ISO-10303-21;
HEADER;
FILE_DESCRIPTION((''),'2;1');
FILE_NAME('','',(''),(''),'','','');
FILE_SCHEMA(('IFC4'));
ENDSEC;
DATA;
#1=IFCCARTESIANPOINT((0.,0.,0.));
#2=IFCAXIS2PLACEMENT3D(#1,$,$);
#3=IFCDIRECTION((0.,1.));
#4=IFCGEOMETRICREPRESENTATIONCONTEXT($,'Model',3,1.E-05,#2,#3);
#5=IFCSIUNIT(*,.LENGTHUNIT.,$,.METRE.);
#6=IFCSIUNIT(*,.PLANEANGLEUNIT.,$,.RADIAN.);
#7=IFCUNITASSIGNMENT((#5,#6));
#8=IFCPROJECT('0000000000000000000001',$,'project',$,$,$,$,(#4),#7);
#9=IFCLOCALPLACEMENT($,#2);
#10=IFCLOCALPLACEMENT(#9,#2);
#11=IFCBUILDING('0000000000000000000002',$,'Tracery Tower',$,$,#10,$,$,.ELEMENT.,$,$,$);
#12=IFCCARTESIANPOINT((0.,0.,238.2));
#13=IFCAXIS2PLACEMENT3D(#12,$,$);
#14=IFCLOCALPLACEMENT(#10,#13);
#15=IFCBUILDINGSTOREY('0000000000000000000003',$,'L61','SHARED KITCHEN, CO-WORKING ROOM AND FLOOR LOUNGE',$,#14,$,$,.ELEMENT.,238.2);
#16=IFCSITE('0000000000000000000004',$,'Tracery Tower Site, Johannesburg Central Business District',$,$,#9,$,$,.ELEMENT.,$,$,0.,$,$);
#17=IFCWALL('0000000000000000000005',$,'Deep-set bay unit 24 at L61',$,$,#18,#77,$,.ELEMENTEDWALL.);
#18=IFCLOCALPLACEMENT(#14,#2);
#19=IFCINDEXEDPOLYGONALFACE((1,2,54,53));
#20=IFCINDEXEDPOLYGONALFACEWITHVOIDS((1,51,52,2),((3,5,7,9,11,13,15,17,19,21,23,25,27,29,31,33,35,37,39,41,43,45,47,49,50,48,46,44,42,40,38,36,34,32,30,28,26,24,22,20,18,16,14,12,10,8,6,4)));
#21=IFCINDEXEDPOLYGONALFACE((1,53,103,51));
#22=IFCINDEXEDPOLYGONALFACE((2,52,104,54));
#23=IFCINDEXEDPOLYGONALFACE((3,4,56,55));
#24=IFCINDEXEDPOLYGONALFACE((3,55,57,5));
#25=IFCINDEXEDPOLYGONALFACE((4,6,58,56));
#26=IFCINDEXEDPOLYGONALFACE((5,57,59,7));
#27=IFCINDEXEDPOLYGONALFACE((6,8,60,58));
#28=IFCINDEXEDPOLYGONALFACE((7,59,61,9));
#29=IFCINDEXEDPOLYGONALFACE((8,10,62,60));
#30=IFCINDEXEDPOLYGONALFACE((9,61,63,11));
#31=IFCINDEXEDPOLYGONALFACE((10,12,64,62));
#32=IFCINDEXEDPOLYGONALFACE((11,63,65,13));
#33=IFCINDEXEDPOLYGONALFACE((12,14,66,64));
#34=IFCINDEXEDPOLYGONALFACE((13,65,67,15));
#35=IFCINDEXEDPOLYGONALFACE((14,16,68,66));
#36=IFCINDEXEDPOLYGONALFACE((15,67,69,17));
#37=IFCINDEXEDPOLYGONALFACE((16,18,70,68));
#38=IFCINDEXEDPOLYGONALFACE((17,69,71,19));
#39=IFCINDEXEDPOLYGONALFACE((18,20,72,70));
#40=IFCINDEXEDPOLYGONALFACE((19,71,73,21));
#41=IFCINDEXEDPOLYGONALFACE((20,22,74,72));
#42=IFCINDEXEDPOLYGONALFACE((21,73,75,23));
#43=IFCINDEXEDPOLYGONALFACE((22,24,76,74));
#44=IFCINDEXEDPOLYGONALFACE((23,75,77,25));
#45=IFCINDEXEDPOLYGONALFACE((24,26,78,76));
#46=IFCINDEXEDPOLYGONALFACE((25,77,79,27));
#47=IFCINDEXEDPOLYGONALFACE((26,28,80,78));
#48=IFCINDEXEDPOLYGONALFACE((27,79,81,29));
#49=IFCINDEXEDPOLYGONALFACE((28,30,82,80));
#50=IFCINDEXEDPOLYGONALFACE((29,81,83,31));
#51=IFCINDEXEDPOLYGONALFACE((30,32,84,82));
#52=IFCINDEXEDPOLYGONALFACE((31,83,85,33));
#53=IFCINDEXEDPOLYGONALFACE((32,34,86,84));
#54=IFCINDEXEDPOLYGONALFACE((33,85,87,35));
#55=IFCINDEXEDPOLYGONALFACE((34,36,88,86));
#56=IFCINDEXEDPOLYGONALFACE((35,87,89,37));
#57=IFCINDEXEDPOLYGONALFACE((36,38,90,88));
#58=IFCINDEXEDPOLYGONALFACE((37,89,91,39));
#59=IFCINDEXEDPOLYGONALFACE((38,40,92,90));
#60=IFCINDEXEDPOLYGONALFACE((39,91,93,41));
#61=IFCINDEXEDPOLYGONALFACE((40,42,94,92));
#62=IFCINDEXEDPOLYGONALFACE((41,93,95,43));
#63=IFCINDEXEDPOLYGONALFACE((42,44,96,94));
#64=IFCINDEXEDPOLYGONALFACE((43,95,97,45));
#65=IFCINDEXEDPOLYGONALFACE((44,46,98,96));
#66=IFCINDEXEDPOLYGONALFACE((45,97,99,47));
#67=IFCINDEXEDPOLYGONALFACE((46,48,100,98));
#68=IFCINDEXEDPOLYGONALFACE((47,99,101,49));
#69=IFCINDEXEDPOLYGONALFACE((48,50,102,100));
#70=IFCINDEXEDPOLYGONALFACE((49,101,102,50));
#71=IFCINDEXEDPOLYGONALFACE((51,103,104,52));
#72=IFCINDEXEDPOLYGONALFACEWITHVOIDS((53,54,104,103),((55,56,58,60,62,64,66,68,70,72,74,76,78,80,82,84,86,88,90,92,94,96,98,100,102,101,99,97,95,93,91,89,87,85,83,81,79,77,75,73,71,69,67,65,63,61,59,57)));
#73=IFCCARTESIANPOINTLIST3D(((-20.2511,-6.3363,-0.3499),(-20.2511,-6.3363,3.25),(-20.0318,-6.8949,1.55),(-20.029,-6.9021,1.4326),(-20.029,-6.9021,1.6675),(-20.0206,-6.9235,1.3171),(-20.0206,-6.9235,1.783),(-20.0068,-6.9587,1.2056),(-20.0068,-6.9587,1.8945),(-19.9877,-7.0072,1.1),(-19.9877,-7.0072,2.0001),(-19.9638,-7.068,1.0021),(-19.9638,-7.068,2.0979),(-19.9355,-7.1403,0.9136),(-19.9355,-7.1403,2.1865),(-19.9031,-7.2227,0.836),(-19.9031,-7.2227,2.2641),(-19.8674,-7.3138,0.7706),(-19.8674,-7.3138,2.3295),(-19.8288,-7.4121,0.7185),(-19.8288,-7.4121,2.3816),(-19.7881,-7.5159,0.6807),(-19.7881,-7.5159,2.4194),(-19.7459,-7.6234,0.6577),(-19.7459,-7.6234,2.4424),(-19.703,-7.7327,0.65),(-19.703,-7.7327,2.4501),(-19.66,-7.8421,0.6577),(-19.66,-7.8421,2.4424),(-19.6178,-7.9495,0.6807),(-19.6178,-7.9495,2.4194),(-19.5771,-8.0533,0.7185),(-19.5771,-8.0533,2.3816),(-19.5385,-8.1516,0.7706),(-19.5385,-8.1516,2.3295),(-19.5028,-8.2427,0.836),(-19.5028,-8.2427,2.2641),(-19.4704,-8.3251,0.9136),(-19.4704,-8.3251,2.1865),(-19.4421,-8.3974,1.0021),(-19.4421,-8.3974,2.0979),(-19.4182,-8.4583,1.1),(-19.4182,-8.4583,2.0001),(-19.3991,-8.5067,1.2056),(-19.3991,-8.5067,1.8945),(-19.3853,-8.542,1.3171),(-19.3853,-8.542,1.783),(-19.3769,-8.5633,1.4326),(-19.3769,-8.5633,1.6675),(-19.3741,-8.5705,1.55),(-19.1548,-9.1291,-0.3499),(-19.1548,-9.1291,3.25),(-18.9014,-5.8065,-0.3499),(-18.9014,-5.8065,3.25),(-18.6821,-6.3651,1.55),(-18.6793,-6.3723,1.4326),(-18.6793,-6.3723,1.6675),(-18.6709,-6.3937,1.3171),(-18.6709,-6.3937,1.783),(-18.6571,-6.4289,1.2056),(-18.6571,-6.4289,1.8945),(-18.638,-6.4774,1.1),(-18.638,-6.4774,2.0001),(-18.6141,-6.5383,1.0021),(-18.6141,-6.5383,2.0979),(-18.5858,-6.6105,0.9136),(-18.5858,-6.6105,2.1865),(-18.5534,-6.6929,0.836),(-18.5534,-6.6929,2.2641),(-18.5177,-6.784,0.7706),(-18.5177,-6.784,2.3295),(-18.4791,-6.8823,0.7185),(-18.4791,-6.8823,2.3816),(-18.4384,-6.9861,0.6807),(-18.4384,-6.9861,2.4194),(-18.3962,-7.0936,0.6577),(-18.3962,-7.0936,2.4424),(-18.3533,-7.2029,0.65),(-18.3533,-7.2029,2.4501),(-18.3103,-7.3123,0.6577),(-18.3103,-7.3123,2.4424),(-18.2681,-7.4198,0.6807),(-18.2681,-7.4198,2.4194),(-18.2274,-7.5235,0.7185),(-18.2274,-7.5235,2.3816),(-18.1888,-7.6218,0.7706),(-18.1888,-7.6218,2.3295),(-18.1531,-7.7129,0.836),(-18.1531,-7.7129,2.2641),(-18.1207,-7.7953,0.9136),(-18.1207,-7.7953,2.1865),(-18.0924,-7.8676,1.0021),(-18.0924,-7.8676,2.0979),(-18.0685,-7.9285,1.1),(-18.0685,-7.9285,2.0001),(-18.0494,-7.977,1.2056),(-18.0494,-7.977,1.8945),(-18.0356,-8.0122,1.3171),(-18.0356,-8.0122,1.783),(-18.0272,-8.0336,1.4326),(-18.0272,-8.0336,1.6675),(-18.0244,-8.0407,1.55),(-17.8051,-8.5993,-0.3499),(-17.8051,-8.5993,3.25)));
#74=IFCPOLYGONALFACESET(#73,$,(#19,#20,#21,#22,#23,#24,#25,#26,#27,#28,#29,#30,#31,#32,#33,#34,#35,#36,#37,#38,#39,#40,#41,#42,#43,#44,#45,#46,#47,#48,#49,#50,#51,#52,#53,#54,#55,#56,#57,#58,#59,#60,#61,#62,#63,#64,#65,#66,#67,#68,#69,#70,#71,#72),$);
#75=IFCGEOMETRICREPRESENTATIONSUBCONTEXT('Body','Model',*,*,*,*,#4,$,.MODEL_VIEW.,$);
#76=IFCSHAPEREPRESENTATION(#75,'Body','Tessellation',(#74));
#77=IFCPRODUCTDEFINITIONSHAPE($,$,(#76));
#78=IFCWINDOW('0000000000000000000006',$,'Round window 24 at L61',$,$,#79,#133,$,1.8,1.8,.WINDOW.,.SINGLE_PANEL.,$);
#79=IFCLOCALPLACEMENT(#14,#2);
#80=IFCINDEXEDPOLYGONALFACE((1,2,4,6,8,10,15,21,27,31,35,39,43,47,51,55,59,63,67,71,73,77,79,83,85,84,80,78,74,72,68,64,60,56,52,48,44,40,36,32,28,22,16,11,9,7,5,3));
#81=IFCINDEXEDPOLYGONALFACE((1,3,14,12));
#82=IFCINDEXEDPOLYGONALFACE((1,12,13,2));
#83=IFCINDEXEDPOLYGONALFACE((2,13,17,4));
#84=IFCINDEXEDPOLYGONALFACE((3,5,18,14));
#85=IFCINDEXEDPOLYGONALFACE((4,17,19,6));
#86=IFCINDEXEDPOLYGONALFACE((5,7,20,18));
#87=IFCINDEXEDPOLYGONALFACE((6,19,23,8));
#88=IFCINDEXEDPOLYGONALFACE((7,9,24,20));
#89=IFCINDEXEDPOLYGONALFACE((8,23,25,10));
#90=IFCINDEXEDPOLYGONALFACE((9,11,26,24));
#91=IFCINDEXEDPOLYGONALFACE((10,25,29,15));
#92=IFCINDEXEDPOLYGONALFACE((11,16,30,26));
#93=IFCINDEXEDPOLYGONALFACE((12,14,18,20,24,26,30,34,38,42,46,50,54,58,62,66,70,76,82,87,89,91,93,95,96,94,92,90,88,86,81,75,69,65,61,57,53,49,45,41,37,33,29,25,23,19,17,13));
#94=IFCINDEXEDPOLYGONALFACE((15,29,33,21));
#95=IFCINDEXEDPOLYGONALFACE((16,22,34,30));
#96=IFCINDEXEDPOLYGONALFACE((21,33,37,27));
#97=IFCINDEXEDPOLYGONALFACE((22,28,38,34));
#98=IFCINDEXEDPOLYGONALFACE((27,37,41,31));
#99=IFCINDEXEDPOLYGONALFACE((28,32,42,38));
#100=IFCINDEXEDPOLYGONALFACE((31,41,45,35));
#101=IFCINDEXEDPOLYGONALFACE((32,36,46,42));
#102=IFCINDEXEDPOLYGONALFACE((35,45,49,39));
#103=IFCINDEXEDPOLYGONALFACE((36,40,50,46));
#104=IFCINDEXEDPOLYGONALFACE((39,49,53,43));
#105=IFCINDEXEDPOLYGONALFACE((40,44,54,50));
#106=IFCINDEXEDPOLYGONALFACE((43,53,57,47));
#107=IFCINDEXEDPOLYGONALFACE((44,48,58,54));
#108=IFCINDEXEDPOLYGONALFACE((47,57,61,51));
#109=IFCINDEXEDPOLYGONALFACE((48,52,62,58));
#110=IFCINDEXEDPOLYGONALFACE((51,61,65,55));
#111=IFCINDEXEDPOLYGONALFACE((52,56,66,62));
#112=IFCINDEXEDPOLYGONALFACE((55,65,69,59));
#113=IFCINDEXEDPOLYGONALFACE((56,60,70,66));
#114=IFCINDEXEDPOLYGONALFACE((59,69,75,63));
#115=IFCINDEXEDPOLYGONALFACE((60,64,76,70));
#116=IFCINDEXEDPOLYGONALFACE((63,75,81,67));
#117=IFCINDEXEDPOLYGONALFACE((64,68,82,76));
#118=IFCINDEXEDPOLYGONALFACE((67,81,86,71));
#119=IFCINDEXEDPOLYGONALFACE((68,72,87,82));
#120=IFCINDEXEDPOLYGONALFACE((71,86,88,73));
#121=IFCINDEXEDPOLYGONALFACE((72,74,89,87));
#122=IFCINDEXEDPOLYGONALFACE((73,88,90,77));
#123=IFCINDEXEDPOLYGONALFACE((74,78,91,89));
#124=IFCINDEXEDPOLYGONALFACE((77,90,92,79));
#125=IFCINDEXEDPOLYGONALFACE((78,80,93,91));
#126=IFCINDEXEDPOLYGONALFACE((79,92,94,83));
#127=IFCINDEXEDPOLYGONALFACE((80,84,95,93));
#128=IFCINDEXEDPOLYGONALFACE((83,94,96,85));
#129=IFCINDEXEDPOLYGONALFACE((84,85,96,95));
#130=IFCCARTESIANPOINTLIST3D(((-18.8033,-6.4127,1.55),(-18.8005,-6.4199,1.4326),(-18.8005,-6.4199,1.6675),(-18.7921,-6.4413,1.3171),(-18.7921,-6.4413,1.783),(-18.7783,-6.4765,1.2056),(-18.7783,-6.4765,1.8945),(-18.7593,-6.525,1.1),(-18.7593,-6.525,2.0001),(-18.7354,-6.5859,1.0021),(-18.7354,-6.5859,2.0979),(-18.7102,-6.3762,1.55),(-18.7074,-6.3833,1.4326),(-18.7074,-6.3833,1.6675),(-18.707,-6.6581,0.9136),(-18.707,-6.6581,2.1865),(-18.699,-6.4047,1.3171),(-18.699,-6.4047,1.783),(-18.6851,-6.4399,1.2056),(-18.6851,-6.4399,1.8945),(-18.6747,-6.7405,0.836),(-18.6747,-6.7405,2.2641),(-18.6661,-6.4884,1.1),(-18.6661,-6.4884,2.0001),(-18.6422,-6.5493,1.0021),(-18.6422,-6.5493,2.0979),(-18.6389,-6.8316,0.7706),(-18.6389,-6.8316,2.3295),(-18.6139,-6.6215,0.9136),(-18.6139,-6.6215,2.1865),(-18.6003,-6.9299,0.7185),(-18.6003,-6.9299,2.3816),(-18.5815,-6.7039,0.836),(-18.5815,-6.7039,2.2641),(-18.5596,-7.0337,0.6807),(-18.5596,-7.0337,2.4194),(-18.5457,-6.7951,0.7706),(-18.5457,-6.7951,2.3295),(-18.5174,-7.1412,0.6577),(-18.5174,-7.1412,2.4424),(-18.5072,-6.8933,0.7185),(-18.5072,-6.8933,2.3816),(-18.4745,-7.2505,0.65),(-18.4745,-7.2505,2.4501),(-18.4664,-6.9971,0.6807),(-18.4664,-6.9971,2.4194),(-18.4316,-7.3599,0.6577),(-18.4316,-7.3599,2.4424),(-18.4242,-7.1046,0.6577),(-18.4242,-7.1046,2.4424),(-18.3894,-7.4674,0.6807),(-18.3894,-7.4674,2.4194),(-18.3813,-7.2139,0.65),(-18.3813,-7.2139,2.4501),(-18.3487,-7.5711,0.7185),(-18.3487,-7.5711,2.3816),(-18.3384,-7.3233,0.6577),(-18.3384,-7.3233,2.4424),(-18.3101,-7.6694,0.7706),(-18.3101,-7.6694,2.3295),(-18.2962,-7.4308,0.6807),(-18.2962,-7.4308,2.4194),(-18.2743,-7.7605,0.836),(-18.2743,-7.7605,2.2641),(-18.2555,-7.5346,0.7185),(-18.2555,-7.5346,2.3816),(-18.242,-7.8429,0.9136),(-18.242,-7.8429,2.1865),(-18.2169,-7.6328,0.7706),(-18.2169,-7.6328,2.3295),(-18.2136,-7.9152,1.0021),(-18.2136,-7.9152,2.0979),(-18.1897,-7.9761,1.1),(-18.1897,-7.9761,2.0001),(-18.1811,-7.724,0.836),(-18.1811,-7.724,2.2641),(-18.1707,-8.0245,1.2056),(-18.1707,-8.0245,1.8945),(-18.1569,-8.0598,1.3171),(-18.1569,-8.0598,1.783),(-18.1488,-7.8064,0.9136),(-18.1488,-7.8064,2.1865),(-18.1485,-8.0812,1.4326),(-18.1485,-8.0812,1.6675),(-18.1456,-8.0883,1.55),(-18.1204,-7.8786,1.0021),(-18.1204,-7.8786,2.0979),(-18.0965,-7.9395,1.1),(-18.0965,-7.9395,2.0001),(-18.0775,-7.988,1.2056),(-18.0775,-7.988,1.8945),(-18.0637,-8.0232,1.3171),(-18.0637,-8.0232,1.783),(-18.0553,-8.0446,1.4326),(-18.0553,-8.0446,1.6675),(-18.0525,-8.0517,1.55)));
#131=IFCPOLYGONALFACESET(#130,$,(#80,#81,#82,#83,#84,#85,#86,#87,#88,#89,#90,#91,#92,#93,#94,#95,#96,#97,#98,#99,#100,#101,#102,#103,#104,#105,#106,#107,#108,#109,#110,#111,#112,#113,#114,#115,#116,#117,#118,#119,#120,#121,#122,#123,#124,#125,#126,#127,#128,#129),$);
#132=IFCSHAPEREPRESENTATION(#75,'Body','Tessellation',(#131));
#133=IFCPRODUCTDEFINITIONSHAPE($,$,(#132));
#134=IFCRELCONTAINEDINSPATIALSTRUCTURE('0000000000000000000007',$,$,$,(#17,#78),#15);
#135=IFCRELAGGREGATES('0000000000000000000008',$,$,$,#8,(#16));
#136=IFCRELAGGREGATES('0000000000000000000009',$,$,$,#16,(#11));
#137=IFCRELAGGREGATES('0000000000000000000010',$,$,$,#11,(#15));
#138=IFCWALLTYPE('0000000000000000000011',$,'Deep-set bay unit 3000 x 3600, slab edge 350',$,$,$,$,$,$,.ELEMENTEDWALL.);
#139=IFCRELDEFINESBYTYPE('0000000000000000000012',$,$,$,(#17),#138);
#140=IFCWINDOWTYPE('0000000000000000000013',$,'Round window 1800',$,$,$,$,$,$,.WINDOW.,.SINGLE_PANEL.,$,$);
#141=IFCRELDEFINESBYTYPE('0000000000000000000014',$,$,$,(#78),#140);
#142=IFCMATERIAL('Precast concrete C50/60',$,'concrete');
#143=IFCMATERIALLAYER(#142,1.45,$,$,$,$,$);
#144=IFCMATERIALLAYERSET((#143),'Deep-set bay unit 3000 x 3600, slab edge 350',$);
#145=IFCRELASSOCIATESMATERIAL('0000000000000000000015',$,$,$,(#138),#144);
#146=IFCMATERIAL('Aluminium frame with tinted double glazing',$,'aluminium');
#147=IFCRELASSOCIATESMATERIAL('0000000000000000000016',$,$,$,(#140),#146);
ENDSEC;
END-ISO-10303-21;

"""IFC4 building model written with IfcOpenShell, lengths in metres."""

from ifc_helpers import new_model, si_unit, direction, frame, frame_2d, origin, origin_2d, place, context, subcontext, project, spatial, rectangle, circle, extrude, material, layer, layer_set, type_object, element, fill, save


model = new_model("IFC4")

# Units and contexts
model_context = context("Model", 3, precision=1e-05, world=origin(), true_north=direction((0.0, 1.0)))
body_context = subcontext(model_context, "Body", "Model", "MODEL_VIEW")
ifc_project = project(units=[si_unit("LENGTHUNIT", "METRE"), si_unit("PLANEANGLEUNIT", "RADIAN")], contexts=[model_context])

# Site, building, storey
site_placement = place(None, origin())
site = spatial("IfcSite", under=ifc_project, at=site_placement, Name="Tracery Tower Site, Johannesburg Central Business District", CompositionType="ELEMENT", RefElevation=0.0)
building_placement = place(site_placement, origin())
building = spatial("IfcBuilding", under=site, at=building_placement, Name="Tracery Tower", CompositionType="ELEMENT")
storey_placement = place(building_placement, frame((0.0, 0.0, 238.2)))
storey = spatial("IfcBuildingStorey", under=building, at=storey_placement, Name="L61", Description="SHARED KITCHEN, CO-WORKING ROOM AND FLOOR LOUNGE", CompositionType="ELEMENT", Elevation=238.2)

# Wall, opening, window
ifc_material_1 = material(Name="Precast concrete C50/60", Category="concrete")
ifc_layer_1 = layer(ifc_material_1, 1.45)
ifc_layer_set_1 = layer_set([ifc_layer_1], Name="Deep-set bay unit 3000 x 3600, slab edge 350")
wall_type_1 = type_object("IfcWallType", Name="Deep-set bay unit 3000 x 3600, slab edge 350", PredefinedType="ELEMENTEDWALL", material=ifc_layer_set_1)
wall_1_placement = place(storey_placement, frame((-19.5762, -6.0715, -0.3499), z_axis=(0.0, 0.0, 1.0), x_axis=(0.365378, -0.930859, 0.0)))
wall_1 = element("IfcWall", 1, at=wall_1_placement, inside=storey, type_object=wall_type_1, Name="Deep-set bay unit 24 at L61", PredefinedType="ELEMENTEDWALL", context=body_context, shape_type="SweptSolid", body=[
    extrude(rectangle(XDim=3.0002, YDim=1.45, at=frame_2d((1.5, 0.0))), origin(), (0.0, 0.0, 1.0), 3.5999),
])
opening_1_placement = place(wall_1_placement, frame((1.5, 0.0, 1.8999)))
opening_1 = element("IfcOpeningElement", 2, at=opening_1_placement, cuts=wall_1, PredefinedType="OPENING", context=body_context, shape_type="SweptSolid", body=[
    extrude(circle(Radius=0.9, at=origin_2d()), frame((0.0, 0.7349, 0.0), z_axis=(0.0, -1.0, 0.0), x_axis=(1.0, 0.0, 0.0)), (0.0, 0.0, 1.0), 1.47),
])
ifc_material_2 = material(Name="Aluminium frame with tinted double glazing", Category="aluminium")
window_type = type_object("IfcWindowType", Name="Round window 1800", PartitioningType="SINGLE_PANEL", PredefinedType="WINDOW", material=ifc_material_2)
window_1_placement = place(opening_1_placement, origin())
window_1 = element("IfcWindow", 3, at=window_1_placement, inside=storey, type_object=window_type, Name="Round window 24 at L61", OverallHeight=1.8, OverallWidth=1.8, PartitioningType="SINGLE_PANEL", PredefinedType="WINDOW", context=body_context, shape_type="SweptSolid", body=[
    extrude(circle(Radius=0.9, at=origin_2d()), frame((0.0, 0.6948, 0.0), z_axis=(0.0, -1.0, 0.0), x_axis=(1.0, 0.0, 0.0)), (0.0, 0.0, 1.0), 0.1001),
])
fill(opening_1, window_1)

save(model, "model.ifc")
